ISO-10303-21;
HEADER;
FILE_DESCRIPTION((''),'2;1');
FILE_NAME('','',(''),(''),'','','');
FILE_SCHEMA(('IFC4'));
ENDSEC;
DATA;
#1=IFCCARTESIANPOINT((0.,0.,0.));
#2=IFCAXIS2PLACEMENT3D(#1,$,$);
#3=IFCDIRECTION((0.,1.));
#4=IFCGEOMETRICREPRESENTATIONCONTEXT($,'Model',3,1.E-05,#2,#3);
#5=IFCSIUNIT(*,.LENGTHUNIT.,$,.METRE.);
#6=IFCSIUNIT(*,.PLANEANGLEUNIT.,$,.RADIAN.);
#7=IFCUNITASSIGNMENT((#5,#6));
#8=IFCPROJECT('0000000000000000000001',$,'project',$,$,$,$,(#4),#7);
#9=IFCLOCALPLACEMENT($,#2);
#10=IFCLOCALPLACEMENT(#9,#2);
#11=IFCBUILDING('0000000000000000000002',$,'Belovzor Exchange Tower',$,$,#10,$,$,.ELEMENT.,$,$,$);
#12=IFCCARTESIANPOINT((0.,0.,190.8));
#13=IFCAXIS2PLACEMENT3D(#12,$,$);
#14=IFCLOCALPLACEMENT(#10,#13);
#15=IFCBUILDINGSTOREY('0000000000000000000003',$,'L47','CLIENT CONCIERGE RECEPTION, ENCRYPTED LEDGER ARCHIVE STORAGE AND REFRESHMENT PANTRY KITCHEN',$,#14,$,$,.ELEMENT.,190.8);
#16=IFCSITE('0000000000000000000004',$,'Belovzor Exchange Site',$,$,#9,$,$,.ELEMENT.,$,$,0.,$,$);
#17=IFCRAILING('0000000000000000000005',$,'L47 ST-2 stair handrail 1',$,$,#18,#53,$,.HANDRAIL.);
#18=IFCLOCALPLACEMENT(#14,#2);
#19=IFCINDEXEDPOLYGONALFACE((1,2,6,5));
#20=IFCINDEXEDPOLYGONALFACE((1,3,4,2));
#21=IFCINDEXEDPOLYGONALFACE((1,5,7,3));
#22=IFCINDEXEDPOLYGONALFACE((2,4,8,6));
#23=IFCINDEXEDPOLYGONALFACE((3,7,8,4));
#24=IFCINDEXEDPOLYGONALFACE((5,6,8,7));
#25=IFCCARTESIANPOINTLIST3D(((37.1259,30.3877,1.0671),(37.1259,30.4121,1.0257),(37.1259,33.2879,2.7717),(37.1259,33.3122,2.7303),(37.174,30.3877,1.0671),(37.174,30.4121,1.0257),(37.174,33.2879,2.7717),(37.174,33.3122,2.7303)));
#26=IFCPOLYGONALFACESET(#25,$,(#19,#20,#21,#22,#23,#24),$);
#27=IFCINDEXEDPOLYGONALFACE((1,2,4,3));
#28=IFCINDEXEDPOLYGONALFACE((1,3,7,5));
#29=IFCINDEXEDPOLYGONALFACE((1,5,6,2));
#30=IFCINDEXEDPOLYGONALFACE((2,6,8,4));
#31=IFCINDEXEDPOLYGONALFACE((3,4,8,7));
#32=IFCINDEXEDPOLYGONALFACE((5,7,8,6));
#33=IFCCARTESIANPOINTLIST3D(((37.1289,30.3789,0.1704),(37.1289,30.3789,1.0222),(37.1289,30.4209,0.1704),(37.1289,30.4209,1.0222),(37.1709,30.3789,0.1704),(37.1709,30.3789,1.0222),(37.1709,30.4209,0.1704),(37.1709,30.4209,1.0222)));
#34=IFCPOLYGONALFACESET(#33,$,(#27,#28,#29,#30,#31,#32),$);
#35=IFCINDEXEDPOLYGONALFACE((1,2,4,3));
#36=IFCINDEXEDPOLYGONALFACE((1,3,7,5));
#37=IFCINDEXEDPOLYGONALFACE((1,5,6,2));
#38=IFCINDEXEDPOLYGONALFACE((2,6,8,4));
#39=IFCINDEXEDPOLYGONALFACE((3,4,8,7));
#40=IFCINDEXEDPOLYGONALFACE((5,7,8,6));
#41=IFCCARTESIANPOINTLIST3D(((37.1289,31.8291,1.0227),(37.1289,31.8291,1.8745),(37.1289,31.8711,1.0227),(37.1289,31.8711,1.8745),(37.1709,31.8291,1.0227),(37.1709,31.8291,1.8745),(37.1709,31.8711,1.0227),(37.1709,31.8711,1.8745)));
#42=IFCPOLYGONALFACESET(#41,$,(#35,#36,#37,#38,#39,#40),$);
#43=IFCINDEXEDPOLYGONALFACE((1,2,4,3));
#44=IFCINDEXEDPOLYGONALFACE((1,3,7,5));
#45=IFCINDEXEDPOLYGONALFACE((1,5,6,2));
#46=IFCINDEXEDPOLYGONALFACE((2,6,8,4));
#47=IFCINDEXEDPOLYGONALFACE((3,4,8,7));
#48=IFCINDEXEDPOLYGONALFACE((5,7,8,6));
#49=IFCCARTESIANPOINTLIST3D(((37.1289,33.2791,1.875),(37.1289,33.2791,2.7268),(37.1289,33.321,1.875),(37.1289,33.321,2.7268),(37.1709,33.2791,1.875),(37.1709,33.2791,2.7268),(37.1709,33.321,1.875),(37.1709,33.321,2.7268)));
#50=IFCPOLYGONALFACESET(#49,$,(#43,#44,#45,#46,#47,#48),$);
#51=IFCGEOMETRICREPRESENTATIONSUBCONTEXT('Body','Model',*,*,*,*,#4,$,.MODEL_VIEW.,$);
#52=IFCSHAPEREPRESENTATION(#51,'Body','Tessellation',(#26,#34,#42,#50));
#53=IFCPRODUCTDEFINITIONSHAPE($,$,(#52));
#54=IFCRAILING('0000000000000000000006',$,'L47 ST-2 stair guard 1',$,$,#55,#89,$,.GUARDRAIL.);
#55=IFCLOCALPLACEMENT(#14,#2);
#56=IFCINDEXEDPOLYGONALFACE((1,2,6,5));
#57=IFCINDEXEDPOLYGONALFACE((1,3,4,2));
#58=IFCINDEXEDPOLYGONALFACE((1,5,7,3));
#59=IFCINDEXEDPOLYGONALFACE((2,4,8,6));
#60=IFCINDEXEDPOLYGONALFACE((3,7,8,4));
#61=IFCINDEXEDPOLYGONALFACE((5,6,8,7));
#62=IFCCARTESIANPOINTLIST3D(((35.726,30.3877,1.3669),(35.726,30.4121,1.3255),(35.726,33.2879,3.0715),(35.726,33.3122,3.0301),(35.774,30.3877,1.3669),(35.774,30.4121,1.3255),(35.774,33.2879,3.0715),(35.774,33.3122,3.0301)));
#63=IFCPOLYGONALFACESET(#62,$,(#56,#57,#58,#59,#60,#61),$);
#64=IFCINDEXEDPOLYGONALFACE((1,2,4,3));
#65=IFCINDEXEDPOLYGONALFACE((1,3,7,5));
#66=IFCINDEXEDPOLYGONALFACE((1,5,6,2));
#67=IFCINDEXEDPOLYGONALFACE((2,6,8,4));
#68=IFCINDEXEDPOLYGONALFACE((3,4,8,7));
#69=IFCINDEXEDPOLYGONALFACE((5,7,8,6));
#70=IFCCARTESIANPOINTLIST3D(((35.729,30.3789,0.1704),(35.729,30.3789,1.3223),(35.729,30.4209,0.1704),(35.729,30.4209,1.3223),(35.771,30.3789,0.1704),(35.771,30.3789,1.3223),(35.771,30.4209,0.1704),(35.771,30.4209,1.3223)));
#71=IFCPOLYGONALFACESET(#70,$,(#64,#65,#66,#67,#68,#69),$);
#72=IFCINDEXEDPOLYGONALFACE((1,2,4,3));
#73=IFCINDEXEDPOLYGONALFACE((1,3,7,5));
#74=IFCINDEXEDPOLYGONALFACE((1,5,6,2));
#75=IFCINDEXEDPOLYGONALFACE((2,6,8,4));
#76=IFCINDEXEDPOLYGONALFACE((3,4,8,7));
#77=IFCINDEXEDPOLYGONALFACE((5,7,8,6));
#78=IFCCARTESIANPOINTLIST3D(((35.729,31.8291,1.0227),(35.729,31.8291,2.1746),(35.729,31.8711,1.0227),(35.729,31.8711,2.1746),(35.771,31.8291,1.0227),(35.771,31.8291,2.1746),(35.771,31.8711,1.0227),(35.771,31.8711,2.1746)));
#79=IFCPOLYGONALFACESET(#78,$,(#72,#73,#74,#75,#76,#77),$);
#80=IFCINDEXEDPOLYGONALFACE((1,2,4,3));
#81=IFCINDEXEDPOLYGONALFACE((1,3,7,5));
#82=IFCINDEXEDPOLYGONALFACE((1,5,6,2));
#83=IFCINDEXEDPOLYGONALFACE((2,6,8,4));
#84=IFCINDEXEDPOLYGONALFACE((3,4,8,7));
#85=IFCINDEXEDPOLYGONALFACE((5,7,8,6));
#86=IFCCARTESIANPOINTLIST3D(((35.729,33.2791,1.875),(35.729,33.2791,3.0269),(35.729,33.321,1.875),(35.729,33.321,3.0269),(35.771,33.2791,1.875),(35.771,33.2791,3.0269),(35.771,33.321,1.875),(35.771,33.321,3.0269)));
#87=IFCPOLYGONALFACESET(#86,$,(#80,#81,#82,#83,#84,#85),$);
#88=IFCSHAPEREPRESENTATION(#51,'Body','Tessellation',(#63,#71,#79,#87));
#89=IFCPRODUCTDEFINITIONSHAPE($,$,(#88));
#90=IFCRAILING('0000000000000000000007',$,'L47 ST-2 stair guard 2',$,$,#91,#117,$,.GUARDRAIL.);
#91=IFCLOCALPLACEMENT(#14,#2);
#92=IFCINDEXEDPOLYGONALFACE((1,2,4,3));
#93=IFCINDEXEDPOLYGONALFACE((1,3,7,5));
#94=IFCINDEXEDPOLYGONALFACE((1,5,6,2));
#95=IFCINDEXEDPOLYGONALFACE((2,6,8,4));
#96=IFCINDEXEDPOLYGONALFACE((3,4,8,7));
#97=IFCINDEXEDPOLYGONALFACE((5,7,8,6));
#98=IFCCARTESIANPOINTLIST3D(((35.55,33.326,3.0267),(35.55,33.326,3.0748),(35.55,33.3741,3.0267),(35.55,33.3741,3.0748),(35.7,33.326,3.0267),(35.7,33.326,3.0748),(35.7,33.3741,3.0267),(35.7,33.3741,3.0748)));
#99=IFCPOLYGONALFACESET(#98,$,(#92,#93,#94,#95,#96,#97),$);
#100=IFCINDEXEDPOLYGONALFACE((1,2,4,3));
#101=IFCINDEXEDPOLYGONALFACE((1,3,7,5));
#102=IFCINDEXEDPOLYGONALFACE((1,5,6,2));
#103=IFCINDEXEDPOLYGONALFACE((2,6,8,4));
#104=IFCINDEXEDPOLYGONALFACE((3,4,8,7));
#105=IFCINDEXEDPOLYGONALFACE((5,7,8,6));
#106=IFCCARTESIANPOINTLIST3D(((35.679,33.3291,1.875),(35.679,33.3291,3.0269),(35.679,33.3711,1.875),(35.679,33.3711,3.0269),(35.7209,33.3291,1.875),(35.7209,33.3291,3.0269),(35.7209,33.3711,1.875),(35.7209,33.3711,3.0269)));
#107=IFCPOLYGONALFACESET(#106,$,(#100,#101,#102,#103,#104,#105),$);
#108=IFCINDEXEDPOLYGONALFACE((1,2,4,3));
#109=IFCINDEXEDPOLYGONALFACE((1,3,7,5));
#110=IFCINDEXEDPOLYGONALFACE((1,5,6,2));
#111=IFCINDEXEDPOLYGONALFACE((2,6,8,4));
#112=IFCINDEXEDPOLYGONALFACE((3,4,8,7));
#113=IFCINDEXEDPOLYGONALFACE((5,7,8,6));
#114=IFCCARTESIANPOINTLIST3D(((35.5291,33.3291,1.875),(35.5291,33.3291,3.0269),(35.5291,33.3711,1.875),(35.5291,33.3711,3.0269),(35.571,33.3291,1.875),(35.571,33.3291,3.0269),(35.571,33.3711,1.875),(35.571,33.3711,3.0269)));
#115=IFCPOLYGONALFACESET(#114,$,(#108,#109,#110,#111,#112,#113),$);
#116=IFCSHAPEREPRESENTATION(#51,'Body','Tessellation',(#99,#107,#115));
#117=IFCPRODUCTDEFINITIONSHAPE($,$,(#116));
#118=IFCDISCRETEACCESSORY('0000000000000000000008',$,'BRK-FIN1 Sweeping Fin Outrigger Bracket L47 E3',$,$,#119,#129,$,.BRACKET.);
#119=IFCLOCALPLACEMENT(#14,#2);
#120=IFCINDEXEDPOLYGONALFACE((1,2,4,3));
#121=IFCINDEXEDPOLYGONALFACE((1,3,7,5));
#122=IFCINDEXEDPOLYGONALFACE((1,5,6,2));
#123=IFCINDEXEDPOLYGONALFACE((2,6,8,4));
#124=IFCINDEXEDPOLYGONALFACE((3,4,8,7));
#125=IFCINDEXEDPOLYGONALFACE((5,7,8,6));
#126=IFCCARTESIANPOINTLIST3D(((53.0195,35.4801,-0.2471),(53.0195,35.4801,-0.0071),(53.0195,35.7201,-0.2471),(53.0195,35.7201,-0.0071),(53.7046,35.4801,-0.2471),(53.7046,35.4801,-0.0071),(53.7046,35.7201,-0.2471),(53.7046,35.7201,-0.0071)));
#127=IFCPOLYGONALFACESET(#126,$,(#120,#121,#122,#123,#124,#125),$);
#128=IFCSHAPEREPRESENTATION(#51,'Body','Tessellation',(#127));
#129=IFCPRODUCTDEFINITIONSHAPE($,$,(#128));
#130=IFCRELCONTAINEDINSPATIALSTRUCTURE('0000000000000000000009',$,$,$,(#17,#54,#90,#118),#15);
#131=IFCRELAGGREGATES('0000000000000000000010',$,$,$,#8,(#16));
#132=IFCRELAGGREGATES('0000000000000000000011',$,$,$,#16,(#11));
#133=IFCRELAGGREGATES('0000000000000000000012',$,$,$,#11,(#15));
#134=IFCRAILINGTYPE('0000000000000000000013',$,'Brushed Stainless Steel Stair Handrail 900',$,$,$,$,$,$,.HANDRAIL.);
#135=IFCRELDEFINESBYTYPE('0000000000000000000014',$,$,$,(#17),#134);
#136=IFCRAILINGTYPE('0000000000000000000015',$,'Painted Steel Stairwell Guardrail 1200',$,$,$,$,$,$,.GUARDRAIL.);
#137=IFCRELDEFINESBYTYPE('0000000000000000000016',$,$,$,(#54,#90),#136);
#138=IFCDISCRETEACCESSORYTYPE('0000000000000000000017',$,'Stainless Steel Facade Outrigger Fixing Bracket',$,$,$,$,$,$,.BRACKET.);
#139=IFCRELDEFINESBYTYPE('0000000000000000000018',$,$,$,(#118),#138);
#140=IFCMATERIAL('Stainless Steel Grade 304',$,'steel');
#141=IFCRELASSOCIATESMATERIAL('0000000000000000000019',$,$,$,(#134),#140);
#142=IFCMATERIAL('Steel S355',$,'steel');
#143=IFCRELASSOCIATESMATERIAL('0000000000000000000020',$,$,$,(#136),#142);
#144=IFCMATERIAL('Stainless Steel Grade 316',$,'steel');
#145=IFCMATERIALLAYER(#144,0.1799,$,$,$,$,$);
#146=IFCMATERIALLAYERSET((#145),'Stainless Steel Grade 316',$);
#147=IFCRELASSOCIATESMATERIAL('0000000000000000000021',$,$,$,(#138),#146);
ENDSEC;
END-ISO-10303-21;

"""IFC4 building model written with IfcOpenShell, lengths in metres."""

from ifc_helpers import new_model, si_unit, direction, frame, origin, origin_2d, place, context, subcontext, project, spatial, rectangle, extrude, material, layer, layer_set, type_object, element, save


model = new_model("IFC4")

# Units and contexts
model_context = context("Model", 3, precision=1e-05, world=origin(), true_north=direction((0.0, 1.0)))
body_context = subcontext(model_context, "Body", "Model", "MODEL_VIEW")
ifc_project = project(units=[si_unit("LENGTHUNIT", "METRE"), si_unit("PLANEANGLEUNIT", "RADIAN")], contexts=[model_context])

# Site, building, storey
site_placement = place(None, origin())
site = spatial("IfcSite", under=ifc_project, at=site_placement, Name="Belovzor Exchange Site", CompositionType="ELEMENT", RefElevation=0.0)
building_placement = place(site_placement, origin())
building = spatial("IfcBuilding", under=site, at=building_placement, Name="Belovzor Exchange Tower", CompositionType="ELEMENT")
storey_placement = place(building_placement, frame((0.0, 0.0, 190.8)))
storey = spatial("IfcBuildingStorey", under=building, at=storey_placement, Name="L47", Description="CLIENT CONCIERGE RECEPTION, ENCRYPTED LEDGER ARCHIVE STORAGE AND REFRESHMENT PANTRY KITCHEN", CompositionType="ELEMENT", Elevation=190.8)

# Railings
ifc_material_1 = material(Name="Stainless Steel Grade 304", Category="steel")
railing_type_1 = type_object("IfcRailingType", Name="Brushed Stainless Steel Stair Handrail 900", PredefinedType="HANDRAIL", material=ifc_material_1)
railing_1_placement = place(storey_placement, frame((37.1499, 30.3999, 0.1704)))
element("IfcRailing", 1, at=railing_1_placement, inside=storey, type_object=railing_type_1, Name="L47 ST-2 stair handrail 1", PredefinedType="HANDRAIL", context=body_context, shape_type="SweptSolid", body=[
    extrude(rectangle(XDim=0.0481, YDim=0.0481, at=origin_2d()), frame((0.0, 0.0, 0.876), z_axis=(0.0, 0.862113, 0.506716), x_axis=(-1.0, 0.0, 0.0)), (0.0, 0.0, 1.0), 3.364),
    extrude(rectangle(XDim=0.042, YDim=0.042, at=origin_2d()), origin(), (0.0, 0.0, 1.0), 0.8518),
    extrude(rectangle(XDim=0.042, YDim=0.042, at=origin_2d()), frame((0.0, 1.4502, 0.8523)), (0.0, 0.0, 1.0), 0.8518),
    extrude(rectangle(XDim=0.042, YDim=0.042, at=origin_2d()), frame((0.0, 2.9001, 1.7046)), (0.0, 0.0, 1.0), 0.8518),
])
ifc_material_2 = material(Name="Steel S355", Category="steel")
railing_type_2 = type_object("IfcRailingType", Name="Painted Steel Stairwell Guardrail 1200", PredefinedType="GUARDRAIL", material=ifc_material_2)
railing_2_placement = place(storey_placement, frame((35.75, 30.3999, 0.1704)))
element("IfcRailing", 2, at=railing_2_placement, inside=storey, type_object=railing_type_2, Name="L47 ST-2 stair guard 1", PredefinedType="GUARDRAIL", context=body_context, shape_type="SweptSolid", body=[
    extrude(rectangle(XDim=0.0481, YDim=0.0481, at=origin_2d()), frame((0.0, 0.0, 1.1758), z_axis=(0.0, 0.862113, 0.506716), x_axis=(-1.0, 0.0, 0.0)), (0.0, 0.0, 1.0), 3.364),
    extrude(rectangle(XDim=0.042, YDim=0.042, at=origin_2d()), origin(), (0.0, 0.0, 1.0), 1.1519),
    extrude(rectangle(XDim=0.042, YDim=0.042, at=origin_2d()), frame((0.0, 1.4502, 0.8523)), (0.0, 0.0, 1.0), 1.1519),
    extrude(rectangle(XDim=0.042, YDim=0.042, at=origin_2d()), frame((0.0, 2.9001, 1.7046)), (0.0, 0.0, 1.0), 1.1519),
])
railing_3_placement = place(storey_placement, frame((35.7, 33.3501, 1.875)))
element("IfcRailing", 3, at=railing_3_placement, inside=storey, type_object=railing_type_2, Name="L47 ST-2 stair guard 2", PredefinedType="GUARDRAIL", context=body_context, shape_type="SweptSolid", body=[
    extrude(rectangle(XDim=0.0481, YDim=0.0481, at=origin_2d()), frame((0.0, 0.0, 1.1758), z_axis=(-1.0, 0.0, 0.0), x_axis=(0.0, -1.0, 0.0)), (0.0, 0.0, 1.0), 0.1499),
    extrude(rectangle(XDim=0.042, YDim=0.042, at=origin_2d()), origin(), (0.0, 0.0, 1.0), 1.1519),
    extrude(rectangle(XDim=0.042, YDim=0.042, at=origin_2d()), frame((-0.1499, 0.0, 0.0)), (0.0, 0.0, 1.0), 1.1519),
])

# Discrete accessory
ifc_material_3 = material(Name="Stainless Steel Grade 316", Category="steel")
ifc_layer_1 = layer(ifc_material_3, 0.1799)
ifc_layer_set_1 = layer_set([ifc_layer_1], Name="Stainless Steel Grade 316")
discrete_accessory_type = type_object("IfcDiscreteAccessoryType", Name="Stainless Steel Facade Outrigger Fixing Bracket", PredefinedType="BRACKET", material=ifc_layer_set_1)
discrete_accessory_placement = place(storey_placement, frame((53.3621, 35.6001, -0.2471), z_axis=(0.0, 0.0, 1.0), x_axis=(1.0, 0.0, 0.0)))
element("IfcDiscreteAccessory", 4, at=discrete_accessory_placement, inside=storey, type_object=discrete_accessory_type, Name="BRK-FIN1 Sweeping Fin Outrigger Bracket L47 E3", PredefinedType="BRACKET", context=body_context, shape_type="SweptSolid", body=[
    extrude(rectangle(XDim=0.6851, YDim=0.24, at=origin_2d()), origin(), (0.0, 0.0, 1.0), 0.24),
])

save(model, "model.ifc")
